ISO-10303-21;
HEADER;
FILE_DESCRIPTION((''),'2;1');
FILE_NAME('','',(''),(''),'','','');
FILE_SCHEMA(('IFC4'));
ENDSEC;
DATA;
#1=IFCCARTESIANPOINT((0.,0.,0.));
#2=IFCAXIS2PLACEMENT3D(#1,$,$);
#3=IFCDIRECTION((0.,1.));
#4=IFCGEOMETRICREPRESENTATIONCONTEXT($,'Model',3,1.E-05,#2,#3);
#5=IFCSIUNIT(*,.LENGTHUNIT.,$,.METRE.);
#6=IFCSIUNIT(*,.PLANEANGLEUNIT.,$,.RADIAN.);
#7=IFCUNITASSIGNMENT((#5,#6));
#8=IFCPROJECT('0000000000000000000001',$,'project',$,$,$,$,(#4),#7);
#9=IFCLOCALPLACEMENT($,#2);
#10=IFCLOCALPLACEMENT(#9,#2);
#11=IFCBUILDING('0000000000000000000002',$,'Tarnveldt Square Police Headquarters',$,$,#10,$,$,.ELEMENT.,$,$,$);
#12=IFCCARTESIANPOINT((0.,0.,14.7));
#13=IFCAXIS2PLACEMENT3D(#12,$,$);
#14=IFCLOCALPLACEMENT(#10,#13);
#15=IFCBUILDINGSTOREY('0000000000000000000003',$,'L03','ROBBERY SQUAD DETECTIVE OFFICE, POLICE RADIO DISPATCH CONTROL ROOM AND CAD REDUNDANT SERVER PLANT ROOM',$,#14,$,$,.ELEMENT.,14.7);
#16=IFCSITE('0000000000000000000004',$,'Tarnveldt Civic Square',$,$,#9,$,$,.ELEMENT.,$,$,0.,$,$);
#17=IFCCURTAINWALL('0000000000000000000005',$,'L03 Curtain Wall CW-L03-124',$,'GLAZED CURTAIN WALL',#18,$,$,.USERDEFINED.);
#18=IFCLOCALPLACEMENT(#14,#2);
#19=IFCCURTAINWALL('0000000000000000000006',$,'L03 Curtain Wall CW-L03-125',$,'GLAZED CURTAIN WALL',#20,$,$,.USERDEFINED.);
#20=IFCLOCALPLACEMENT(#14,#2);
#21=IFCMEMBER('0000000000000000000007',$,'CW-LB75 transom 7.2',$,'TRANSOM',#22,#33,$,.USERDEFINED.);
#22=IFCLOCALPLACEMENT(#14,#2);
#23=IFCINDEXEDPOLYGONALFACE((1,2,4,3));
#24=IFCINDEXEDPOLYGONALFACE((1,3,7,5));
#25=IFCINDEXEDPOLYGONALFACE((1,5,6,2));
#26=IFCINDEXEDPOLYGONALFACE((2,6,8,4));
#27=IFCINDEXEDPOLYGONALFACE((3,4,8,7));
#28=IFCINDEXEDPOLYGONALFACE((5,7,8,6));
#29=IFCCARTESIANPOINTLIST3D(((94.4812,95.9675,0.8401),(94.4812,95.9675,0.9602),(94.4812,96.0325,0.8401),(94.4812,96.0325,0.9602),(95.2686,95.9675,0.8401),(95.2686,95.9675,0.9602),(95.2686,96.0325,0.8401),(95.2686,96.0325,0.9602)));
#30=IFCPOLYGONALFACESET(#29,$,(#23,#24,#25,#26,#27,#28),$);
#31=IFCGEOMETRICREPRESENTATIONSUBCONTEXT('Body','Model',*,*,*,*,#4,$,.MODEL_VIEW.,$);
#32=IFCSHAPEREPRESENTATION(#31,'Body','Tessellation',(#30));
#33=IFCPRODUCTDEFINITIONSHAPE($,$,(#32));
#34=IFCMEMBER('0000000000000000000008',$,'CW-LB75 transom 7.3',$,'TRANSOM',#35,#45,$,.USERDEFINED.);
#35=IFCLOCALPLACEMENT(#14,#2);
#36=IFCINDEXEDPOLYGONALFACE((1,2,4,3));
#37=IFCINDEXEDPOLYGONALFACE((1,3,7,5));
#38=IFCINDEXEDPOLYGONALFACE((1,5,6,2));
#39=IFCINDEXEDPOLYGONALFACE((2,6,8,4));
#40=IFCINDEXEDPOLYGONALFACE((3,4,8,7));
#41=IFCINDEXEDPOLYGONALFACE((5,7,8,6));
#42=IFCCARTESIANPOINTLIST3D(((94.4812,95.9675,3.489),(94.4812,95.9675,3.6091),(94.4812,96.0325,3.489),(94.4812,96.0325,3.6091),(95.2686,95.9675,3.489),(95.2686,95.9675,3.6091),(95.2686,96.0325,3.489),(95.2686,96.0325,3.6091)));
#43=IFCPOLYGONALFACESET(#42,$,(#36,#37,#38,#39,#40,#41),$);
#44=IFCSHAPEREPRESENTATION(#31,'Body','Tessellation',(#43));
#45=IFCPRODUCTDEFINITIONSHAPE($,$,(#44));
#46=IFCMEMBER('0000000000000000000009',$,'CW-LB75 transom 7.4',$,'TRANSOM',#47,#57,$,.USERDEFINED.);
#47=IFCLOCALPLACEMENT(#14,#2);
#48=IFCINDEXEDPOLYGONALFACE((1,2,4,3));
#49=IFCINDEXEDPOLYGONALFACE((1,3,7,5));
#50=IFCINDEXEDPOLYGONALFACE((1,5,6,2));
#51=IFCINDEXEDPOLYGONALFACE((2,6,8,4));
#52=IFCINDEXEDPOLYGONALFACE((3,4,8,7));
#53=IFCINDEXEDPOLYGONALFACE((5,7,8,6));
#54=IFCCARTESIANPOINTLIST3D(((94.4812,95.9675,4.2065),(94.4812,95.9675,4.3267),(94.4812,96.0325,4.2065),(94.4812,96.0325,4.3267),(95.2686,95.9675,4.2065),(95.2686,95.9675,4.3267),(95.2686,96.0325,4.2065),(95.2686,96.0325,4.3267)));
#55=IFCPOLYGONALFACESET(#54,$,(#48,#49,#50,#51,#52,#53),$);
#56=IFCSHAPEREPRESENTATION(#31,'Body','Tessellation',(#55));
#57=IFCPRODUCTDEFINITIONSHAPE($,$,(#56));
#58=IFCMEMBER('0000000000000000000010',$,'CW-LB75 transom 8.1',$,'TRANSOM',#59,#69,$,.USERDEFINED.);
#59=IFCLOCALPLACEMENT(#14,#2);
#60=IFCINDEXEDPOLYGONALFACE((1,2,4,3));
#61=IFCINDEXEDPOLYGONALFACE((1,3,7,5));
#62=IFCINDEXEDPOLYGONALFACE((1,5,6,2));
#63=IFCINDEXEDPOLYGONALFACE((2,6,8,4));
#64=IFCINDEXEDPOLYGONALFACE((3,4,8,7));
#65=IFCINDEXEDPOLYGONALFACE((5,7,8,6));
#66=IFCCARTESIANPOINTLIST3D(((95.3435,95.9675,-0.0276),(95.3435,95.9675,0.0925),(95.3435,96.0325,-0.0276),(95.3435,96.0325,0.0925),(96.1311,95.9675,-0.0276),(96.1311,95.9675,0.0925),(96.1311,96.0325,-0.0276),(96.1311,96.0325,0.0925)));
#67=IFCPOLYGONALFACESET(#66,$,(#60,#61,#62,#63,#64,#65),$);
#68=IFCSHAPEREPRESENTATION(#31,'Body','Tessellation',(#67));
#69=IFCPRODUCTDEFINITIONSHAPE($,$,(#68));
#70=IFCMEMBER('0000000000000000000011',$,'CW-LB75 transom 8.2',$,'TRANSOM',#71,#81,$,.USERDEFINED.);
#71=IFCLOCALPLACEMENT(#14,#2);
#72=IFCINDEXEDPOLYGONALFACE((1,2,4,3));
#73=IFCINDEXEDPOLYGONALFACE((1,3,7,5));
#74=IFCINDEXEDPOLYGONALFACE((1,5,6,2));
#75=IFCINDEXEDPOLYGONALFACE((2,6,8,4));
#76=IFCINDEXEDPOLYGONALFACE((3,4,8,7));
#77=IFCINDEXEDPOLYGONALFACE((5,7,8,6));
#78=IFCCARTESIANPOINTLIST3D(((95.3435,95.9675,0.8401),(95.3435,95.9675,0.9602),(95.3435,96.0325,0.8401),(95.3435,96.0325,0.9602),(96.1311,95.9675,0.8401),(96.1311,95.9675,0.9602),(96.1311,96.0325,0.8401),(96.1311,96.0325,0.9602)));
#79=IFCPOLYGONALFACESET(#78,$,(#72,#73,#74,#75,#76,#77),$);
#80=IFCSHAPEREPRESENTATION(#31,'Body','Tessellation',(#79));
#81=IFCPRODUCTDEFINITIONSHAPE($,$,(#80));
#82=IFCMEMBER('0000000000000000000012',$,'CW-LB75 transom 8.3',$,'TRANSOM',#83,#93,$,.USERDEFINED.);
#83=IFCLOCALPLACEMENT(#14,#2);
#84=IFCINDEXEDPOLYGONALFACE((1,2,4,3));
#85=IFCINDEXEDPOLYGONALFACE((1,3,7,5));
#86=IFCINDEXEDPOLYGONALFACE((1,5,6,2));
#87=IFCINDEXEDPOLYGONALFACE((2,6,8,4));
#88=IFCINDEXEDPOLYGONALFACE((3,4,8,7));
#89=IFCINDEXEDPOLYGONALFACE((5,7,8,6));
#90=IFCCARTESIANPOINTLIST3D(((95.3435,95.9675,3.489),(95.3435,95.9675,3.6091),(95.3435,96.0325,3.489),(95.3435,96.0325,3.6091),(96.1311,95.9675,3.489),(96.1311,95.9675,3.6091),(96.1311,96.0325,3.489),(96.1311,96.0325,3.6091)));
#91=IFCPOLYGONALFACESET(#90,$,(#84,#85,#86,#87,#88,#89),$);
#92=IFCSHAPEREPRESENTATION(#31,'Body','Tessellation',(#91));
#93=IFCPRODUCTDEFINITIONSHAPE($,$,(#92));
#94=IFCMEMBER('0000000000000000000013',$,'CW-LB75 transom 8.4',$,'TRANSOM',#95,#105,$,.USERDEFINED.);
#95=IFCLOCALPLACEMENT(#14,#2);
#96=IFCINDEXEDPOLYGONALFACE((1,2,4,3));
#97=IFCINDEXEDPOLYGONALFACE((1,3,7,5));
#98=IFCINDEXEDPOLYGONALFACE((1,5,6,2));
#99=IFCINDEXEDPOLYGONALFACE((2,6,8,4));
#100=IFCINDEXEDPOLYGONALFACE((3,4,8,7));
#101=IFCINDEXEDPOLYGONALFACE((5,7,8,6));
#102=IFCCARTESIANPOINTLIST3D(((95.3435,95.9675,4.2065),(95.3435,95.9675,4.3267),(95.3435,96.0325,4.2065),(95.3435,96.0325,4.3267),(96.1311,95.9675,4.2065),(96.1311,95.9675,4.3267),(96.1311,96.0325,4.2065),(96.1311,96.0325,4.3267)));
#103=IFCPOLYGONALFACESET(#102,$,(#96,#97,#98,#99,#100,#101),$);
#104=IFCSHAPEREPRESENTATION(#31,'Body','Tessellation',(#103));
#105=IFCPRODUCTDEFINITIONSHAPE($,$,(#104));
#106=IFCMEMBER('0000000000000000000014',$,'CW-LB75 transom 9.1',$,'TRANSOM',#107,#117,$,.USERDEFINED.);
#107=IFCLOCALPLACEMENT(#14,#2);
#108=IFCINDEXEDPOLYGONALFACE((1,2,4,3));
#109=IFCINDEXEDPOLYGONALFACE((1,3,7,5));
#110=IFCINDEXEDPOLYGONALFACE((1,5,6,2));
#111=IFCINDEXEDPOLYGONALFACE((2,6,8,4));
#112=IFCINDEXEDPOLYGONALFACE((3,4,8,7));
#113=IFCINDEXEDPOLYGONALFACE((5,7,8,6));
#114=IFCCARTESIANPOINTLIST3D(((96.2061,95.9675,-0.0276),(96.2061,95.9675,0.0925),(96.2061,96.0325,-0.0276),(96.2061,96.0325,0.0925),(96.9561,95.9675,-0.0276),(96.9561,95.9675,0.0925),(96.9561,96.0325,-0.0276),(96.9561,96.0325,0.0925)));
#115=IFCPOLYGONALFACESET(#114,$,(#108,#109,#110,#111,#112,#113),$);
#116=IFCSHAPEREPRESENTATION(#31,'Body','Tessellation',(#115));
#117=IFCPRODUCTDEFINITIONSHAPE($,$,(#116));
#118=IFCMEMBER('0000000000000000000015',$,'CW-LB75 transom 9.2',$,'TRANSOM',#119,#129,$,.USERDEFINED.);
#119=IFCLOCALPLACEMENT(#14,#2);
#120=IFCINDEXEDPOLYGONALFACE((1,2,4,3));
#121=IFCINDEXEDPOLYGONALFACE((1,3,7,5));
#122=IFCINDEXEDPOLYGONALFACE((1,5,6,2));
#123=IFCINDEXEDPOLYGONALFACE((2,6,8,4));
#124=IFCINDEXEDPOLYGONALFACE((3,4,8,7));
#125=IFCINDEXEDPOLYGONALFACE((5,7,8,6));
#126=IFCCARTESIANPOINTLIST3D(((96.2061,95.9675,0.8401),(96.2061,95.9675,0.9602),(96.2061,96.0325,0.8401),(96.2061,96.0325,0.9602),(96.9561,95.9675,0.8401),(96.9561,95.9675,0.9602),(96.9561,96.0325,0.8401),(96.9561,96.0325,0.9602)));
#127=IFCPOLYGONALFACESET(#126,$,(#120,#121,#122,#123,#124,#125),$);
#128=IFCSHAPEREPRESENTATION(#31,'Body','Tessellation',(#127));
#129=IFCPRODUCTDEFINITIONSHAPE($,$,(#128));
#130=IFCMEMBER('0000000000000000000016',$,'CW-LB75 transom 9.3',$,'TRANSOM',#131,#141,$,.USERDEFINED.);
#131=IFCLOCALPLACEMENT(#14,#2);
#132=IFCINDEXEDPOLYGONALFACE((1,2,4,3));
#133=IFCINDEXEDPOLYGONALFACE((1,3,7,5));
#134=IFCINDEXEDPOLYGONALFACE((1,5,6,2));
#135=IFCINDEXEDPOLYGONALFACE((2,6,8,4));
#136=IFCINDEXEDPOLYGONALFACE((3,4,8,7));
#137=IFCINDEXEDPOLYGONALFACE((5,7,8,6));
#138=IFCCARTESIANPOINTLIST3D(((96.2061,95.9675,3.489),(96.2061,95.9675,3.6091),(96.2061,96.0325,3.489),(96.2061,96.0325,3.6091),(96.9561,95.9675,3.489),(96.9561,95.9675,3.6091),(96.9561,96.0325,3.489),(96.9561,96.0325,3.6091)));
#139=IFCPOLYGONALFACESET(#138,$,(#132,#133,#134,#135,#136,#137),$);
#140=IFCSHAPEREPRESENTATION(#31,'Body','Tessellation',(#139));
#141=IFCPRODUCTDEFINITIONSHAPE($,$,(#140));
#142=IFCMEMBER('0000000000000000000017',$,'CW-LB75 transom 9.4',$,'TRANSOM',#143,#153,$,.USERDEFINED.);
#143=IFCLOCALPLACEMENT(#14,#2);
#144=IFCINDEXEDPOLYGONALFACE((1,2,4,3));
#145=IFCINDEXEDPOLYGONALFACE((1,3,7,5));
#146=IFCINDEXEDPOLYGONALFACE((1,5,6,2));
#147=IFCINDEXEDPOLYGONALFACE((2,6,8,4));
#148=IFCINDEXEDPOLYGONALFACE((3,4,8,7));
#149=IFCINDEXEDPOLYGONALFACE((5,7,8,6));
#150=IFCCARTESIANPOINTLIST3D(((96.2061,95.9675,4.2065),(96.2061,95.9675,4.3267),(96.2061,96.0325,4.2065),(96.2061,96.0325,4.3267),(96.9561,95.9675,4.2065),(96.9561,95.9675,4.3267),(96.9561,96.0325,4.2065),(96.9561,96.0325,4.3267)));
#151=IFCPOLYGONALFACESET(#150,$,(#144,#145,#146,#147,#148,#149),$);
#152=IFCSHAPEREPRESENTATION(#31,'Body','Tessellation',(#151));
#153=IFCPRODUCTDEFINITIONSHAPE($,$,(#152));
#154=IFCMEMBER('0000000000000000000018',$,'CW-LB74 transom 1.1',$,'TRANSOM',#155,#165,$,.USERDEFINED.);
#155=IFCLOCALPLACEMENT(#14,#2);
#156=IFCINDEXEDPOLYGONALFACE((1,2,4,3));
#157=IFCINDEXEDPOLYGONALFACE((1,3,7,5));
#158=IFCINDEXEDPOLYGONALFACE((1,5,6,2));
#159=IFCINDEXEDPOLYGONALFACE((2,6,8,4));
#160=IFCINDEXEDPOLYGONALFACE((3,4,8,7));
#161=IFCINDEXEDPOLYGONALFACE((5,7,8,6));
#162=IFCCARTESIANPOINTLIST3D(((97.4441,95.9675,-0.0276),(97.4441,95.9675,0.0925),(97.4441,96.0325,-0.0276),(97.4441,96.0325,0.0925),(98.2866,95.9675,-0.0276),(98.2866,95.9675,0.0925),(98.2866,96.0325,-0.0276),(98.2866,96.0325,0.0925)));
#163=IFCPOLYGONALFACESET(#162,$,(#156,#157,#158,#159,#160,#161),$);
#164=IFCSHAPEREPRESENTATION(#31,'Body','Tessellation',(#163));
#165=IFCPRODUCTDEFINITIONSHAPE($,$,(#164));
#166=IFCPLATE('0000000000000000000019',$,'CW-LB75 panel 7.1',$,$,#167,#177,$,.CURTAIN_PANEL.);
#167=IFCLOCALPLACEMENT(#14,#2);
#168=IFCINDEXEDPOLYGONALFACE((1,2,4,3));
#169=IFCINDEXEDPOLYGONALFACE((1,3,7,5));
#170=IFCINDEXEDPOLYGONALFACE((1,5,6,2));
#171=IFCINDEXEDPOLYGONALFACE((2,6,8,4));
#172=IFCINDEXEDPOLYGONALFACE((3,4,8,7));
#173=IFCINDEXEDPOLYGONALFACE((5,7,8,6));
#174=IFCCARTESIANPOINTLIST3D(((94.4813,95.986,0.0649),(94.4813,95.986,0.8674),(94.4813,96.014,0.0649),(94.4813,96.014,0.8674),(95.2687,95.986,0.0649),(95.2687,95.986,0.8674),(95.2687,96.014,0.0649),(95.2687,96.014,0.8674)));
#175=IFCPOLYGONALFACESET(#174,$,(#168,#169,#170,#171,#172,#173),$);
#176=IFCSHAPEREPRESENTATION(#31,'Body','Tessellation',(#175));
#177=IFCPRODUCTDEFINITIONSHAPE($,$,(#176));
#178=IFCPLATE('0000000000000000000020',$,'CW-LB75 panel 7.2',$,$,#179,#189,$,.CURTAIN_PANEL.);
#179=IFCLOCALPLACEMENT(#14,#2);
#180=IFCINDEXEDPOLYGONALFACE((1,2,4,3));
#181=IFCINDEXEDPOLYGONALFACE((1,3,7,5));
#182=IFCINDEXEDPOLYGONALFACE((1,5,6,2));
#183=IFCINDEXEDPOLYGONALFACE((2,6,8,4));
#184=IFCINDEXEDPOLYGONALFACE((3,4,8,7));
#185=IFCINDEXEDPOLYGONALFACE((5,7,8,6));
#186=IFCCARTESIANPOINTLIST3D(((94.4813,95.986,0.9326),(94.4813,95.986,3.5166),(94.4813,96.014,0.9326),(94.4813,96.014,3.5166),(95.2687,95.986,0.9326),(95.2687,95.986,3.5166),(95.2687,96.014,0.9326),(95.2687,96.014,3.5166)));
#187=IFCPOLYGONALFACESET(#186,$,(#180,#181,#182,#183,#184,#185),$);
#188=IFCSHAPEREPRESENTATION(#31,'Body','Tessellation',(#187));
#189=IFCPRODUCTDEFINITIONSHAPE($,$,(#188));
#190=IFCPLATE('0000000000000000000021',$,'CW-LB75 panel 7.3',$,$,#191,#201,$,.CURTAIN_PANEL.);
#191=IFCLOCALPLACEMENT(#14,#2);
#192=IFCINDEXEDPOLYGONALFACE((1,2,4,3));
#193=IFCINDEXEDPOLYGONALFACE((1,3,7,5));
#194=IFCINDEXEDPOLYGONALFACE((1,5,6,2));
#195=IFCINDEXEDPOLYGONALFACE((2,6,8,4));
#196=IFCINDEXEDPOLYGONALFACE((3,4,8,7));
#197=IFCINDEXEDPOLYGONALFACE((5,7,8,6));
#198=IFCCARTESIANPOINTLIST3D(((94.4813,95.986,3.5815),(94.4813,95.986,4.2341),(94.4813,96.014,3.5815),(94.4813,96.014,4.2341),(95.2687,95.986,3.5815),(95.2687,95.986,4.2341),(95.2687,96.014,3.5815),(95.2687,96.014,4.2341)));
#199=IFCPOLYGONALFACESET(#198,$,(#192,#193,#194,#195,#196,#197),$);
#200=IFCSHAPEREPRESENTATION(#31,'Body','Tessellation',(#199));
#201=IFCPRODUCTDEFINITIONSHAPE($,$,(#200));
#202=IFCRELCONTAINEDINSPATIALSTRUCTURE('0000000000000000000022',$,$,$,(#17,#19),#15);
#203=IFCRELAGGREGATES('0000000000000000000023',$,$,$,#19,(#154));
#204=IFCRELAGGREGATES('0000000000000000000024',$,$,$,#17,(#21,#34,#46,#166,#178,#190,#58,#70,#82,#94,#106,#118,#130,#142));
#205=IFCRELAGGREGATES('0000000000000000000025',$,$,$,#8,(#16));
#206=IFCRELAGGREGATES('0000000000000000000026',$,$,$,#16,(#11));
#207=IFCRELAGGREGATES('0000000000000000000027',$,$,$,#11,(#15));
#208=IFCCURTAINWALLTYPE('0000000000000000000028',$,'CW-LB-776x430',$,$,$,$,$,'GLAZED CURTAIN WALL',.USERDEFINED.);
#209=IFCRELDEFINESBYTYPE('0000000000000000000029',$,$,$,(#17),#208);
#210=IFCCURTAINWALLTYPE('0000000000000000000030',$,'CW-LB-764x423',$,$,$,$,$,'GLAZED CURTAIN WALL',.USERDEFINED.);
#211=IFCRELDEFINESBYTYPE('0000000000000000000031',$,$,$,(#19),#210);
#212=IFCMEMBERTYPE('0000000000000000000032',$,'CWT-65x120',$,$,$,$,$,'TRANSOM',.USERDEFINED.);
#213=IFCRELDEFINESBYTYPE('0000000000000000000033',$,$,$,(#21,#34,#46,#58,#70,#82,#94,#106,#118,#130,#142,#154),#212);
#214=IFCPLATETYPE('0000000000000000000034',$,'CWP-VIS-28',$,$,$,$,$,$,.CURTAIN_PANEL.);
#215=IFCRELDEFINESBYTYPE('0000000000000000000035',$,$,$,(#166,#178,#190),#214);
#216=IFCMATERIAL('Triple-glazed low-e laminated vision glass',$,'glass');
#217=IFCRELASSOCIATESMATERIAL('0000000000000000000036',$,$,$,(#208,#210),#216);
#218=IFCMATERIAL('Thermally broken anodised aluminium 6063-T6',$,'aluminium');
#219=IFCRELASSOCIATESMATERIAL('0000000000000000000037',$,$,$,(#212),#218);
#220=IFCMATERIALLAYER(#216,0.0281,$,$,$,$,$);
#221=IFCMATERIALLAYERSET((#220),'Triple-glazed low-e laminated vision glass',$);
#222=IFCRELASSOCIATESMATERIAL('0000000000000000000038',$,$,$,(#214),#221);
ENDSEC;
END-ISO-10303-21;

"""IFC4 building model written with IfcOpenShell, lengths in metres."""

from ifc_helpers import new_model, si_unit, direction, frame, origin, origin_2d, place, context, subcontext, project, spatial, rectangle, extrude, material, layer, layer_set, material_profile, profile_set, type_object, element, aggregate, save


model = new_model("IFC4")

# Units and contexts
model_context = context("Model", 3, precision=1e-05, world=origin(), true_north=direction((0.0, 1.0)))
body_context = subcontext(model_context, "Body", "Model", "MODEL_VIEW")
ifc_project = project(units=[si_unit("LENGTHUNIT", "METRE"), si_unit("PLANEANGLEUNIT", "RADIAN")], contexts=[model_context])

# Site, building, storey
site_placement = place(None, origin())
site = spatial("IfcSite", under=ifc_project, at=site_placement, Name="Tarnveldt Civic Square", CompositionType="ELEMENT", RefElevation=0.0)
building_placement = place(site_placement, origin())
building = spatial("IfcBuilding", under=site, at=building_placement, Name="Tarnveldt Square Police Headquarters", CompositionType="ELEMENT")
storey_placement = place(building_placement, frame((0.0, 0.0, 14.7)))
storey = spatial("IfcBuildingStorey", under=building, at=storey_placement, Name="L03", Description="ROBBERY SQUAD DETECTIVE OFFICE, POLICE RADIO DISPATCH CONTROL ROOM AND CAD REDUNDANT SERVER PLANT ROOM", CompositionType="ELEMENT", Elevation=14.7)

# Curtain wall
ifc_material_1 = material(Name="Triple-glazed low-e laminated vision glass", Category="glass")
curtain_wall_type_1 = type_object("IfcCurtainWallType", Name="CW-LB-776x430", ElementType="GLAZED CURTAIN WALL", PredefinedType="USERDEFINED", material=ifc_material_1)
curtain_wall_1_placement = place(storey_placement, origin())
curtain_wall_1 = element("IfcCurtainWall", 1, at=curtain_wall_1_placement, inside=storey, type_object=curtain_wall_type_1, Name="L03 Curtain Wall CW-L03-124", ObjectType="GLAZED CURTAIN WALL", PredefinedType="USERDEFINED")
ifc_material_2 = material(Name="Thermally broken anodised aluminium 6063-T6", Category="aluminium")

# Curtain wall
curtain_wall_type_2 = type_object("IfcCurtainWallType", Name="CW-LB-764x423", ElementType="GLAZED CURTAIN WALL", PredefinedType="USERDEFINED", material=ifc_material_1)
curtain_wall_2_placement = place(storey_placement, origin())
curtain_wall_2 = element("IfcCurtainWall", 2, at=curtain_wall_2_placement, inside=storey, type_object=curtain_wall_type_2, Name="L03 Curtain Wall CW-L03-125", ObjectType="GLAZED CURTAIN WALL", PredefinedType="USERDEFINED")

# Members
ifc_material_profile_1 = material_profile(ifc_material_2, rectangle(XDim=0.0649, YDim=0.1201, at=origin_2d()), Name="CW-T65x120")
ifc_profile_set_1 = profile_set([ifc_material_profile_1], Name="Thermally broken anodised aluminium 6063-T6")
member_type_1 = type_object("IfcMemberType", Name="CWT-65x120", ElementType="TRANSOM", PredefinedType="USERDEFINED", material=ifc_profile_set_1)
member_1_placement = place(storey_placement, frame((94.4812, 96.0, 0.9001), z_axis=(1.0, 0.0, 0.0), x_axis=(0.0, 1.0, 0.0)))
member_1 = element("IfcMember", 3, at=member_1_placement, type_object=member_type_1, Name="CW-LB75 transom 7.2", ObjectType="TRANSOM", PredefinedType="USERDEFINED", context=body_context, shape_type="SweptSolid", body=[
    extrude(rectangle(XDim=0.0649, YDim=0.1201, at=origin_2d()), origin(), (0.0, 0.0, 1.0), 0.7874),
])
member_2_placement = place(storey_placement, frame((94.4812, 96.0, 3.5491), z_axis=(1.0, 0.0, 0.0), x_axis=(0.0, 1.0, 0.0)))
member_2 = element("IfcMember", 4, at=member_2_placement, type_object=member_type_1, Name="CW-LB75 transom 7.3", ObjectType="TRANSOM", PredefinedType="USERDEFINED", context=body_context, shape_type="SweptSolid", body=[
    extrude(rectangle(XDim=0.0649, YDim=0.1201, at=origin_2d()), origin(), (0.0, 0.0, 1.0), 0.7874),
])
member_3_placement = place(storey_placement, frame((94.4812, 96.0, 4.2666), z_axis=(1.0, 0.0, 0.0), x_axis=(0.0, 1.0, 0.0)))
member_3 = element("IfcMember", 5, at=member_3_placement, type_object=member_type_1, Name="CW-LB75 transom 7.4", ObjectType="TRANSOM", PredefinedType="USERDEFINED", context=body_context, shape_type="SweptSolid", body=[
    extrude(rectangle(XDim=0.0649, YDim=0.1201, at=origin_2d()), origin(), (0.0, 0.0, 1.0), 0.7874),
])
member_4_placement = place(storey_placement, frame((95.3435, 96.0, 0.0325), z_axis=(1.0, 0.0, 0.0), x_axis=(0.0, 1.0, 0.0)))
member_4 = element("IfcMember", 6, at=member_4_placement, type_object=member_type_1, Name="CW-LB75 transom 8.1", ObjectType="TRANSOM", PredefinedType="USERDEFINED", context=body_context, shape_type="SweptSolid", body=[
    extrude(rectangle(XDim=0.0649, YDim=0.1201, at=origin_2d()), origin(), (0.0, 0.0, 1.0), 0.7876),
])
member_5_placement = place(storey_placement, frame((95.3435, 96.0, 0.9001), z_axis=(1.0, 0.0, 0.0), x_axis=(0.0, 1.0, 0.0)))
member_5 = element("IfcMember", 7, at=member_5_placement, type_object=member_type_1, Name="CW-LB75 transom 8.2", ObjectType="TRANSOM", PredefinedType="USERDEFINED", context=body_context, shape_type="SweptSolid", body=[
    extrude(rectangle(XDim=0.0649, YDim=0.1201, at=origin_2d()), origin(), (0.0, 0.0, 1.0), 0.7876),
])
member_6_placement = place(storey_placement, frame((95.3435, 96.0, 3.5491), z_axis=(1.0, 0.0, 0.0), x_axis=(0.0, 1.0, 0.0)))
member_6 = element("IfcMember", 8, at=member_6_placement, type_object=member_type_1, Name="CW-LB75 transom 8.3", ObjectType="TRANSOM", PredefinedType="USERDEFINED", context=body_context, shape_type="SweptSolid", body=[
    extrude(rectangle(XDim=0.0649, YDim=0.1201, at=origin_2d()), origin(), (0.0, 0.0, 1.0), 0.7876),
])
member_7_placement = place(storey_placement, frame((95.3435, 96.0, 4.2666), z_axis=(1.0, 0.0, 0.0), x_axis=(0.0, 1.0, 0.0)))
member_7 = element("IfcMember", 9, at=member_7_placement, type_object=member_type_1, Name="CW-LB75 transom 8.4", ObjectType="TRANSOM", PredefinedType="USERDEFINED", context=body_context, shape_type="SweptSolid", body=[
    extrude(rectangle(XDim=0.0649, YDim=0.1201, at=origin_2d()), origin(), (0.0, 0.0, 1.0), 0.7876),
])
member_8_placement = place(storey_placement, frame((96.2061, 96.0, 0.0325), z_axis=(1.0, 0.0, 0.0), x_axis=(0.0, 1.0, 0.0)))
member_8 = element("IfcMember", 10, at=member_8_placement, type_object=member_type_1, Name="CW-LB75 transom 9.1", ObjectType="TRANSOM", PredefinedType="USERDEFINED", context=body_context, shape_type="SweptSolid", body=[
    extrude(rectangle(XDim=0.0649, YDim=0.1201, at=origin_2d()), origin(), (0.0, 0.0, 1.0), 0.75),
])
member_9_placement = place(storey_placement, frame((96.2061, 96.0, 0.9001), z_axis=(1.0, 0.0, 0.0), x_axis=(0.0, 1.0, 0.0)))
member_9 = element("IfcMember", 11, at=member_9_placement, type_object=member_type_1, Name="CW-LB75 transom 9.2", ObjectType="TRANSOM", PredefinedType="USERDEFINED", context=body_context, shape_type="SweptSolid", body=[
    extrude(rectangle(XDim=0.0649, YDim=0.1201, at=origin_2d()), origin(), (0.0, 0.0, 1.0), 0.75),
])
member_10_placement = place(storey_placement, frame((96.2061, 96.0, 3.5491), z_axis=(1.0, 0.0, 0.0), x_axis=(0.0, 1.0, 0.0)))
member_10 = element("IfcMember", 12, at=member_10_placement, type_object=member_type_1, Name="CW-LB75 transom 9.3", ObjectType="TRANSOM", PredefinedType="USERDEFINED", context=body_context, shape_type="SweptSolid", body=[
    extrude(rectangle(XDim=0.0649, YDim=0.1201, at=origin_2d()), origin(), (0.0, 0.0, 1.0), 0.75),
])
member_11_placement = place(storey_placement, frame((96.2061, 96.0, 4.2666), z_axis=(1.0, 0.0, 0.0), x_axis=(0.0, 1.0, 0.0)))
member_11 = element("IfcMember", 13, at=member_11_placement, type_object=member_type_1, Name="CW-LB75 transom 9.4", ObjectType="TRANSOM", PredefinedType="USERDEFINED", context=body_context, shape_type="SweptSolid", body=[
    extrude(rectangle(XDim=0.0649, YDim=0.1201, at=origin_2d()), origin(), (0.0, 0.0, 1.0), 0.75),
])
member_12_placement = place(storey_placement, frame((97.4441, 96.0, 0.0325), z_axis=(1.0, 0.0, 0.0), x_axis=(0.0, 1.0, 0.0)))
member_12 = element("IfcMember", 14, at=member_12_placement, type_object=member_type_1, Name="CW-LB74 transom 1.1", ObjectType="TRANSOM", PredefinedType="USERDEFINED", context=body_context, shape_type="SweptSolid", body=[
    extrude(rectangle(XDim=0.0649, YDim=0.1201, at=origin_2d()), origin(), (0.0, 0.0, 1.0), 0.8425),
])
aggregate(curtain_wall_2, [member_12])

# Plates
ifc_layer = layer(ifc_material_1, 0.0281)
ifc_layer_set = layer_set([ifc_layer], Name="Triple-glazed low-e laminated vision glass")
plate_type = type_object("IfcPlateType", Name="CWP-VIS-28", PredefinedType="CURTAIN_PANEL", material=ifc_layer_set)
plate_1_placement = place(storey_placement, frame((94.875, 96.0, 0.0649), z_axis=(0.0, 0.0, 1.0), x_axis=(1.0, 0.0, 0.0)))
plate_1 = element("IfcPlate", 15, at=plate_1_placement, type_object=plate_type, Name="CW-LB75 panel 7.1", PredefinedType="CURTAIN_PANEL", context=body_context, shape_type="SweptSolid", body=[
    extrude(rectangle(XDim=0.7874, YDim=0.0281, at=origin_2d()), origin(), (0.0, 0.0, 1.0), 0.8025),
])
plate_2_placement = place(storey_placement, frame((94.875, 96.0, 0.9326), z_axis=(0.0, 0.0, 1.0), x_axis=(1.0, 0.0, 0.0)))
plate_2 = element("IfcPlate", 16, at=plate_2_placement, type_object=plate_type, Name="CW-LB75 panel 7.2", PredefinedType="CURTAIN_PANEL", context=body_context, shape_type="SweptSolid", body=[
    extrude(rectangle(XDim=0.7874, YDim=0.0281, at=origin_2d()), origin(), (0.0, 0.0, 1.0), 2.584),
])
plate_3_placement = place(storey_placement, frame((94.875, 96.0, 3.5815), z_axis=(0.0, 0.0, 1.0), x_axis=(1.0, 0.0, 0.0)))
plate_3 = element("IfcPlate", 17, at=plate_3_placement, type_object=plate_type, Name="CW-LB75 panel 7.3", PredefinedType="CURTAIN_PANEL", context=body_context, shape_type="SweptSolid", body=[
    extrude(rectangle(XDim=0.7874, YDim=0.0281, at=origin_2d()), origin(), (0.0, 0.0, 1.0), 0.6526),
])
aggregate(curtain_wall_1, [member_1, member_2, member_3, plate_1, plate_2, plate_3, member_4, member_5, member_6, member_7, member_8, member_9, member_10, member_11])

save(model, "model.ifc")
